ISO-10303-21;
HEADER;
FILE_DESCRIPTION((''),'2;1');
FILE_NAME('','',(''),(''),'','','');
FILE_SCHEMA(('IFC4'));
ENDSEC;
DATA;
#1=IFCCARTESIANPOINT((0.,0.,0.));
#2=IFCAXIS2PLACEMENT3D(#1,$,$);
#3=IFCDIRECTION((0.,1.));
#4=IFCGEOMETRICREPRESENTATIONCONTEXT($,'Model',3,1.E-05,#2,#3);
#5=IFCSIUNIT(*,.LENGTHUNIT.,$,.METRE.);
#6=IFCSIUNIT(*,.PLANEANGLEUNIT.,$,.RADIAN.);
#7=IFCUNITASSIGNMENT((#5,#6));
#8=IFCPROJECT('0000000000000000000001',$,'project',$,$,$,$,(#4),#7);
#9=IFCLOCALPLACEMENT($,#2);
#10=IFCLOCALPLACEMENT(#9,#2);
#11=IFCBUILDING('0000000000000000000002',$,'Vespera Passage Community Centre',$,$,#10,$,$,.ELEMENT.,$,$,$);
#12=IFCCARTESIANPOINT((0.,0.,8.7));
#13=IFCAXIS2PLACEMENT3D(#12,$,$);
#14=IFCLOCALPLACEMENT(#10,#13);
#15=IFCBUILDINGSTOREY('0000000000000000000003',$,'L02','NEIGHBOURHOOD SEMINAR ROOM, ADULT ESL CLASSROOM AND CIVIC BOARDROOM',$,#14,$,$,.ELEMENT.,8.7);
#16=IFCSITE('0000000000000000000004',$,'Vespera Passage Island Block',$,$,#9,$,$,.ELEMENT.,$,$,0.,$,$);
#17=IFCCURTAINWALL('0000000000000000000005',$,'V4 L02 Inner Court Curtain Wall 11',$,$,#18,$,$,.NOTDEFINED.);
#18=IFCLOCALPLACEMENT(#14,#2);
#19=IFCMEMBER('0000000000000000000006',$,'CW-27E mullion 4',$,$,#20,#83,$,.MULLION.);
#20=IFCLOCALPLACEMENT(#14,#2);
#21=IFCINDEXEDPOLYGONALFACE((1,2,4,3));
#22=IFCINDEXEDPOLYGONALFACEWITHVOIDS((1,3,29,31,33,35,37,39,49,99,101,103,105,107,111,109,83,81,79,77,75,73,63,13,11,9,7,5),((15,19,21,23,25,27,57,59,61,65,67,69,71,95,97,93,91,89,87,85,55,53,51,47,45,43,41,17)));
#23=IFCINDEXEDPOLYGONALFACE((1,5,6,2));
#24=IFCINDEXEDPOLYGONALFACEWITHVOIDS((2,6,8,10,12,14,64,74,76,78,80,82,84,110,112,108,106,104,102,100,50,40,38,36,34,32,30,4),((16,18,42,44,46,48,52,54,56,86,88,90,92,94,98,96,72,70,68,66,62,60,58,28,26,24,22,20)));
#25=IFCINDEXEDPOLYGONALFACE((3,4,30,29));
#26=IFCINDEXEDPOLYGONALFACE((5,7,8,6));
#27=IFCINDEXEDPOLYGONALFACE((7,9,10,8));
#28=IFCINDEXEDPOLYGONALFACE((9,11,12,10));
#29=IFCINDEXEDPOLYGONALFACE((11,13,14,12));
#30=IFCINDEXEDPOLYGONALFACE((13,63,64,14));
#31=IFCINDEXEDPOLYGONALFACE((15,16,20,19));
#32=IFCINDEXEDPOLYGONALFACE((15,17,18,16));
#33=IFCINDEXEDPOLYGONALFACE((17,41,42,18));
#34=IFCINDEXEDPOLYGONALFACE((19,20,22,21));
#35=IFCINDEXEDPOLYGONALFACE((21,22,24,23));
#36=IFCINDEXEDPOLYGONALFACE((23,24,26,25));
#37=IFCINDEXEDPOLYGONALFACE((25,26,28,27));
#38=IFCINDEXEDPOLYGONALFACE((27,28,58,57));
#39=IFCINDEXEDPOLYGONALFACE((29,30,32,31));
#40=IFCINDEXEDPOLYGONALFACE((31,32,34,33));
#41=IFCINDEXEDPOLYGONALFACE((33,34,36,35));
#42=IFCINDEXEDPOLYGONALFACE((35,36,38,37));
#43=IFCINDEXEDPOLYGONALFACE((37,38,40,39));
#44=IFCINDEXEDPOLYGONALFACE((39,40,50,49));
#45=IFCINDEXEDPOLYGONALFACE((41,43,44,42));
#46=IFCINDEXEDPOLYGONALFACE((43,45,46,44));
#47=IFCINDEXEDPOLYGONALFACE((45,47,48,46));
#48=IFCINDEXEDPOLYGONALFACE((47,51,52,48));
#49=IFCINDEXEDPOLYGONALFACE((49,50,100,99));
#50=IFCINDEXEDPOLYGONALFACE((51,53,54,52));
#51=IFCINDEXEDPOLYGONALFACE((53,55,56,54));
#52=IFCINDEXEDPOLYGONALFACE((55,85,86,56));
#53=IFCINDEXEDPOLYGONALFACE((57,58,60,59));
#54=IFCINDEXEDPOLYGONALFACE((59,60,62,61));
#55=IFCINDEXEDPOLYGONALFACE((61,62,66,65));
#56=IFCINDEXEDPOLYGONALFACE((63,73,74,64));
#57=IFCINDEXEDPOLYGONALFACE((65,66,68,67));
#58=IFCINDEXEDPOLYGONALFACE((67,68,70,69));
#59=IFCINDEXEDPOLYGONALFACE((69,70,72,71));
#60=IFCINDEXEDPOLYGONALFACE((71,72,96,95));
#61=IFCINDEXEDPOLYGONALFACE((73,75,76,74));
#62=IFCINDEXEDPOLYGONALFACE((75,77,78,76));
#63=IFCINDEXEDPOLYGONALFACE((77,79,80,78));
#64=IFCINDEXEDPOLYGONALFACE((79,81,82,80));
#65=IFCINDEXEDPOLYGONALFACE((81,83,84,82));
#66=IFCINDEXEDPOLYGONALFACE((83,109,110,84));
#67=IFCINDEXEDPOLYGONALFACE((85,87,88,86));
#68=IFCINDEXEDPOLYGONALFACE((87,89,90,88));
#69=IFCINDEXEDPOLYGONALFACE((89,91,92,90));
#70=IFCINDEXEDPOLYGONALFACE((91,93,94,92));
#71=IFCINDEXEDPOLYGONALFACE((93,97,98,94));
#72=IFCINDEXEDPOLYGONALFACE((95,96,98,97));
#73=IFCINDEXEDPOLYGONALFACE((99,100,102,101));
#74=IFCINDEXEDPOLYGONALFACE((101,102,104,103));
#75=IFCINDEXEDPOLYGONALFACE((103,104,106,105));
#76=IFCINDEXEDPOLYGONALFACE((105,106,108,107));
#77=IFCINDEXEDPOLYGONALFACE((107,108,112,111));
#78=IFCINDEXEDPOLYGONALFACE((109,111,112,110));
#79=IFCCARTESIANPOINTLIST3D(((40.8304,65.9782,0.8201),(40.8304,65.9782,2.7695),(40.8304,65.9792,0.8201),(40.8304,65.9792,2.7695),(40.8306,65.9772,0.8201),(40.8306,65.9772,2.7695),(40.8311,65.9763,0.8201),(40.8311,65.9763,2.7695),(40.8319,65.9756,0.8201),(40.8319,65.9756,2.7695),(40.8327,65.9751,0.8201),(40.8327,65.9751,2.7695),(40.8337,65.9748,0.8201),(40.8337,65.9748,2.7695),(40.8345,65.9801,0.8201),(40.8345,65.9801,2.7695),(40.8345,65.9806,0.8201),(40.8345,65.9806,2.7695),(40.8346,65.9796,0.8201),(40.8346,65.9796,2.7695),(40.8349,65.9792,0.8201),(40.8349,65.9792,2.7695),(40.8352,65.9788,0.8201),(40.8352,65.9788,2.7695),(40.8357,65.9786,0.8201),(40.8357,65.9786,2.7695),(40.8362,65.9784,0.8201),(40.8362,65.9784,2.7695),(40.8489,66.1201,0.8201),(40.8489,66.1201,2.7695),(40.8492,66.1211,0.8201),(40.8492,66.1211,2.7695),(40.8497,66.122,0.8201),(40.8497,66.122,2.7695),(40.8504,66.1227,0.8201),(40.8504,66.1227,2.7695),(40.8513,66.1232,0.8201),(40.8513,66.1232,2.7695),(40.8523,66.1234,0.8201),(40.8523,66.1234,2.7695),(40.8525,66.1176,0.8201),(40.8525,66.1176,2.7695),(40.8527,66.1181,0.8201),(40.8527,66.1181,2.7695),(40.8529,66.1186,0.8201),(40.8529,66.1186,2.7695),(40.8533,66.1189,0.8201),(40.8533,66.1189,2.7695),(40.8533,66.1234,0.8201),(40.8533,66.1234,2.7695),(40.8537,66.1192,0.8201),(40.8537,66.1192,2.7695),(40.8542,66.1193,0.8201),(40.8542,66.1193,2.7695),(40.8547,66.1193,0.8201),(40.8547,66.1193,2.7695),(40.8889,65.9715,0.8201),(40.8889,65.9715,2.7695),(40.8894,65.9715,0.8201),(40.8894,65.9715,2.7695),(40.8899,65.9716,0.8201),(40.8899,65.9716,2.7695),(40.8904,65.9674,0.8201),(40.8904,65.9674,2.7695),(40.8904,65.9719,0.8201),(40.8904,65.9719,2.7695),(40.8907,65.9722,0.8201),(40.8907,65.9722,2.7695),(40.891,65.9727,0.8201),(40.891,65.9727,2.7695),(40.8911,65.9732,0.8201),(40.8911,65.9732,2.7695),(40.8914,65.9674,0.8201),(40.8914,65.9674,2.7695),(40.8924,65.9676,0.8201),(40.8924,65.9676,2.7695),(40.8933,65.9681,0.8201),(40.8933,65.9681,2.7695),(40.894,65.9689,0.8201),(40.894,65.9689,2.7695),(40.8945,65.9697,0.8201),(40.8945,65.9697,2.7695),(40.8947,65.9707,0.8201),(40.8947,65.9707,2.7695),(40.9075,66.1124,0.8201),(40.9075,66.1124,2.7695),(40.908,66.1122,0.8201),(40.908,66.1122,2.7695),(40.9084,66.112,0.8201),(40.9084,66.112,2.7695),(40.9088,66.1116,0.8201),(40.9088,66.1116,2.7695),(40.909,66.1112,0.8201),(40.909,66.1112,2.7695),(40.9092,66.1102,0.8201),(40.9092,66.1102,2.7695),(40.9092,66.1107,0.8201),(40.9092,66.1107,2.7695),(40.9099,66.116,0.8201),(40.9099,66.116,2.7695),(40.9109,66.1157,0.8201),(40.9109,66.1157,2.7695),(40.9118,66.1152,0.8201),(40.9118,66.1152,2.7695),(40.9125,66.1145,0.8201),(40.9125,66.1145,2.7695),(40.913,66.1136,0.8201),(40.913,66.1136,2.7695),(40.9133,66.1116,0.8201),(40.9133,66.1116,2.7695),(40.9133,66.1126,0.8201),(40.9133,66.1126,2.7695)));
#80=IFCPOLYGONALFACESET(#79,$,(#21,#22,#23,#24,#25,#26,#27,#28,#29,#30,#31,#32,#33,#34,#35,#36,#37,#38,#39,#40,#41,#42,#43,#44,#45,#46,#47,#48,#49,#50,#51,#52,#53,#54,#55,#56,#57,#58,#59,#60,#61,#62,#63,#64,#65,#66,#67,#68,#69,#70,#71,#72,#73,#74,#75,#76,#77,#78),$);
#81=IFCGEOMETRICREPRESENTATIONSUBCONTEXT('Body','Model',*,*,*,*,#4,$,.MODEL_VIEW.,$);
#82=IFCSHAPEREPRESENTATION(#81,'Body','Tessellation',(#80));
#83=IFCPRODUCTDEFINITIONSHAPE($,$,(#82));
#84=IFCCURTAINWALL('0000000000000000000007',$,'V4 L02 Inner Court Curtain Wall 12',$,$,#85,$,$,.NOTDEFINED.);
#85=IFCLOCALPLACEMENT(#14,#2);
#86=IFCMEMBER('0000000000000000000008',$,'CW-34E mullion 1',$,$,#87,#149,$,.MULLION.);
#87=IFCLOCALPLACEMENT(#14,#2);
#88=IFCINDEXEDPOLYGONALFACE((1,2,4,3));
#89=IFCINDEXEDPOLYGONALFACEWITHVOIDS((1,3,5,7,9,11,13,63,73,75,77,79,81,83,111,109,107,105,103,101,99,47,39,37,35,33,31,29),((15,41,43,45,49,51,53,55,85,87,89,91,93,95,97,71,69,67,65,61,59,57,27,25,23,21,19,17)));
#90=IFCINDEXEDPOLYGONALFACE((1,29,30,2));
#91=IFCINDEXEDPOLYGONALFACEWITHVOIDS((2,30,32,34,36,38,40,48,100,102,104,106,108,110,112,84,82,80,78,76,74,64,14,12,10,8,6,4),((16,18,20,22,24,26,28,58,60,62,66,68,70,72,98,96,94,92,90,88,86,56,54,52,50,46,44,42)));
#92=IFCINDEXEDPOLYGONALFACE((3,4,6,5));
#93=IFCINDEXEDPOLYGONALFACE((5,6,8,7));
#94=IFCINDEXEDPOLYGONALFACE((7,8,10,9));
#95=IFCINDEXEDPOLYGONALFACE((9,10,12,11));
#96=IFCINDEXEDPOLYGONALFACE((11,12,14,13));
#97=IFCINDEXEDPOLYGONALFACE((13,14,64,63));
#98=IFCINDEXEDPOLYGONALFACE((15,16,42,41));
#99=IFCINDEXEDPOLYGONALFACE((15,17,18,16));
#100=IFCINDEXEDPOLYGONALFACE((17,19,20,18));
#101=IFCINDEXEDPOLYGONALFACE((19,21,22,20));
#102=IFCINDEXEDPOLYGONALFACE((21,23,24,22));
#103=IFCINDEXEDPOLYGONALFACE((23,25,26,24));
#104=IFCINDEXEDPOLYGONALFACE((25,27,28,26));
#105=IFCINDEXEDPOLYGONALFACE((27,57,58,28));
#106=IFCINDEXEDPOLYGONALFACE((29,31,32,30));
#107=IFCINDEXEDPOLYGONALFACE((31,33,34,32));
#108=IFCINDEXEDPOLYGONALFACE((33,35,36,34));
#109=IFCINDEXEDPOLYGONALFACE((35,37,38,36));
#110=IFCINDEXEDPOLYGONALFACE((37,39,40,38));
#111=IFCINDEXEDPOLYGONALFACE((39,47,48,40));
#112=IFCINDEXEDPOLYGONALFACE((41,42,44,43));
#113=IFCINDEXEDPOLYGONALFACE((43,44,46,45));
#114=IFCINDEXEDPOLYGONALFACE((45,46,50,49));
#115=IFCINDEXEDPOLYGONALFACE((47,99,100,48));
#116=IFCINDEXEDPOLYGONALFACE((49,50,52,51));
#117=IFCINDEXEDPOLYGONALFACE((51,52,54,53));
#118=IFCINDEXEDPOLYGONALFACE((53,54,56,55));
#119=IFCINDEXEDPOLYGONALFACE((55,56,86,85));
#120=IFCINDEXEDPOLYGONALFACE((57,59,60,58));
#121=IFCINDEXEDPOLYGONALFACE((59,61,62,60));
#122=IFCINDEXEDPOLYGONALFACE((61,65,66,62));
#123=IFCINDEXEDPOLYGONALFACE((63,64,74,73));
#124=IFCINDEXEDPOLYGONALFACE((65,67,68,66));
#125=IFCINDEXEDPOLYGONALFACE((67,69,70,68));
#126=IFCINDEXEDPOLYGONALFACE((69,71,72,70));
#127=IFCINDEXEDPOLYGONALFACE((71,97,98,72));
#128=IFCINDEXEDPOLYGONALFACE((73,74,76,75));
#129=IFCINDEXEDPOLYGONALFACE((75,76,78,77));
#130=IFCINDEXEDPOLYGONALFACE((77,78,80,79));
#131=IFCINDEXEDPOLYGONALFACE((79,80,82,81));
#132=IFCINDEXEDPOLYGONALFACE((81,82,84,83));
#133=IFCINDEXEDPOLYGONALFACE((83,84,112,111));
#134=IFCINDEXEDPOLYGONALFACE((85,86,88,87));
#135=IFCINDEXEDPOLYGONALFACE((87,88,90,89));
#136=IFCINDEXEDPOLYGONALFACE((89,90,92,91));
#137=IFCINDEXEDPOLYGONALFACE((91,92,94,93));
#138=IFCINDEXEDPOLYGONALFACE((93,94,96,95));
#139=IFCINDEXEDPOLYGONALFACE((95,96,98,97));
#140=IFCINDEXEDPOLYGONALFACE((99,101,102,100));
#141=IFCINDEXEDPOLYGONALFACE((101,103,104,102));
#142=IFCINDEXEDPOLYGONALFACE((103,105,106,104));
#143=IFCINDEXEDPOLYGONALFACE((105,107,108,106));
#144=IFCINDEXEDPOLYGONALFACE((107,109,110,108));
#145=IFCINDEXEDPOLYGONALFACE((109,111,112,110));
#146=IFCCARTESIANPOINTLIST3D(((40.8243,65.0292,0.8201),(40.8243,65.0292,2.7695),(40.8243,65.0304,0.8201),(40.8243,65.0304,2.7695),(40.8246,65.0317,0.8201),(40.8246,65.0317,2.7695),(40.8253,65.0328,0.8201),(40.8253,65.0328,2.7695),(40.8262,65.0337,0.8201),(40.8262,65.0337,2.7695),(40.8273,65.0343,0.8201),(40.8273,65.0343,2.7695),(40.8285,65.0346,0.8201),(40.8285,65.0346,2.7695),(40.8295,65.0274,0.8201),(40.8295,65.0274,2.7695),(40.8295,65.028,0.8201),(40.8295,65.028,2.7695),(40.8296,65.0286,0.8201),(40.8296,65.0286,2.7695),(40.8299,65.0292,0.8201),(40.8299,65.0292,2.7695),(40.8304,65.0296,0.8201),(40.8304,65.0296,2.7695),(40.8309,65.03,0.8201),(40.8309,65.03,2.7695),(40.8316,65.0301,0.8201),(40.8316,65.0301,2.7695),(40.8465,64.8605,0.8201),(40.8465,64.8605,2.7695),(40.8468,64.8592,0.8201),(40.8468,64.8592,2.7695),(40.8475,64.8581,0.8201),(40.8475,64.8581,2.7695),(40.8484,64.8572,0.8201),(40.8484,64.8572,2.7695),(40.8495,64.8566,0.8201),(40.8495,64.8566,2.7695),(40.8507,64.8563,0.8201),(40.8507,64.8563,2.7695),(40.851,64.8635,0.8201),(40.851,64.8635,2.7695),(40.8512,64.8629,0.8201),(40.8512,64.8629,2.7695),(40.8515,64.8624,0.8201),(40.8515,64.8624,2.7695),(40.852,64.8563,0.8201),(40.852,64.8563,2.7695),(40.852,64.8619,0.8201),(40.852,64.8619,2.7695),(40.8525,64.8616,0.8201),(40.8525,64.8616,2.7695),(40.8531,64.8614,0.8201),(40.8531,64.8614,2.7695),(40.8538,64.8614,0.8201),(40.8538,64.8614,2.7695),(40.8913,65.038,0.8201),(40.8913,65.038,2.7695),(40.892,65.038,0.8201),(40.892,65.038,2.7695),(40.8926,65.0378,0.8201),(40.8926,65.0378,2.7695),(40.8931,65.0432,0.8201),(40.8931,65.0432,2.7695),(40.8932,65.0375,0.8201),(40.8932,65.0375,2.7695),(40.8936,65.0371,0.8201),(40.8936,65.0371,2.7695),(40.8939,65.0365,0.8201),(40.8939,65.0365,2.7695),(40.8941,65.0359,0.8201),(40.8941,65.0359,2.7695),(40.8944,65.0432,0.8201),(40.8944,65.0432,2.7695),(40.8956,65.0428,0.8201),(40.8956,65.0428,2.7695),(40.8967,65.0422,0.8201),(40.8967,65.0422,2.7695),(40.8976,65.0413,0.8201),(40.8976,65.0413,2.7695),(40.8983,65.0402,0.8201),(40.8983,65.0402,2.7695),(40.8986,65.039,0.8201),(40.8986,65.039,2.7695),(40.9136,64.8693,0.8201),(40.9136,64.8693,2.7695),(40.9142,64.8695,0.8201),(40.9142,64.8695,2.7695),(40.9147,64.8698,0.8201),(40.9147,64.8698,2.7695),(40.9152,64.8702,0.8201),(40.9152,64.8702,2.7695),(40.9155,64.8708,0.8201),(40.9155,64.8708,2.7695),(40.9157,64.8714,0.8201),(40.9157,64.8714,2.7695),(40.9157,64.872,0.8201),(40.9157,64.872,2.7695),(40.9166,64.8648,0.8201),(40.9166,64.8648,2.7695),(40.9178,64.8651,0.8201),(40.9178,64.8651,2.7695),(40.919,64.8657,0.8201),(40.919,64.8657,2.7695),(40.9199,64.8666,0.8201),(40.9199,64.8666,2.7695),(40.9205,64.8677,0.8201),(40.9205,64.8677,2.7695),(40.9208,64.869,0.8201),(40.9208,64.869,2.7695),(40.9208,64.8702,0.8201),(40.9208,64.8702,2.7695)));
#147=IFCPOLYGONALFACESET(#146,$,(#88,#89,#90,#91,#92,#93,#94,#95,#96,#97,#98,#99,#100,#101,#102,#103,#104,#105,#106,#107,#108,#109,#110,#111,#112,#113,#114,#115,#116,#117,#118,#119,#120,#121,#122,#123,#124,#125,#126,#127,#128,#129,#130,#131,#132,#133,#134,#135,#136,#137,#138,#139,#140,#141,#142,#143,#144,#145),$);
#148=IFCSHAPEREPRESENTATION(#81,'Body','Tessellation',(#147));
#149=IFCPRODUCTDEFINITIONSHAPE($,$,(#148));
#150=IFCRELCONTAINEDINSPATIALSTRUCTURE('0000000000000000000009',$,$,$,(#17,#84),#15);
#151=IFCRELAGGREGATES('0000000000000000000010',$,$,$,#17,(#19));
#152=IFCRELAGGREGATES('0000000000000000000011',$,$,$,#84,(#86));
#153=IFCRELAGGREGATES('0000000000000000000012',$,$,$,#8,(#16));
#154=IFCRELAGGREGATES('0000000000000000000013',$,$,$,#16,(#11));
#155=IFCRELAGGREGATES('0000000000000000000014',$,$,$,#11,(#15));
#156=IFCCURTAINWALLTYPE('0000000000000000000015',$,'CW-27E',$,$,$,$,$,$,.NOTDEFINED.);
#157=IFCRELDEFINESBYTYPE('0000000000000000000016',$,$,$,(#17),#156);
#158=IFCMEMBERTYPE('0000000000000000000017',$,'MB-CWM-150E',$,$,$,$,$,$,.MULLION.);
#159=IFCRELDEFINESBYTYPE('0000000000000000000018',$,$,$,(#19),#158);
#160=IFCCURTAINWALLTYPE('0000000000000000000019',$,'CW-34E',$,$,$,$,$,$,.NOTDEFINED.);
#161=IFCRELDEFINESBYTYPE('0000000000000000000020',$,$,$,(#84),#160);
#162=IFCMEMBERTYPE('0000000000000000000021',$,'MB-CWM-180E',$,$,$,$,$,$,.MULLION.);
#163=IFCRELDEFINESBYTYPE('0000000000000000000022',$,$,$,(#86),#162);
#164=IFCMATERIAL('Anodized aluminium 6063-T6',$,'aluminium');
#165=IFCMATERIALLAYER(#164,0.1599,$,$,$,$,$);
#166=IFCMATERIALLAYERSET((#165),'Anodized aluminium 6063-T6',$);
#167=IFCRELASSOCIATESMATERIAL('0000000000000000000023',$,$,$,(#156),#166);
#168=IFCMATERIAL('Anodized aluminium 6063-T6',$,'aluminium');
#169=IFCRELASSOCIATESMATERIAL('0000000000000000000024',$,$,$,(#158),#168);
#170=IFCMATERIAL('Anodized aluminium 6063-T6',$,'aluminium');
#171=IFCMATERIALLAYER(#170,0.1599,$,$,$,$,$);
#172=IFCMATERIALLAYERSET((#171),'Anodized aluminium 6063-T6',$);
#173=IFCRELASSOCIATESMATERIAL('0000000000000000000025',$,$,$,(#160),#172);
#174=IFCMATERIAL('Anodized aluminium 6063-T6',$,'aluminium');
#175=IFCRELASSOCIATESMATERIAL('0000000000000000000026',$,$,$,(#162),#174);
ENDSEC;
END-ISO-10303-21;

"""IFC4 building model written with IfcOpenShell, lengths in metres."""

from ifc_helpers import new_model, si_unit, direction, frame, origin, origin_2d, place, context, subcontext, project, spatial, hollow_rectangle, extrude, material, layer, layer_set, material_profile, profile_set, type_object, element, aggregate, save


model = new_model("IFC4")

# Units and contexts
model_context = context("Model", 3, precision=1e-05, world=origin(), true_north=direction((0.0, 1.0)))
body_context = subcontext(model_context, "Body", "Model", "MODEL_VIEW")
ifc_project = project(units=[si_unit("LENGTHUNIT", "METRE"), si_unit("PLANEANGLEUNIT", "RADIAN")], contexts=[model_context])

# Site, building, storey
site_placement = place(None, origin())
site = spatial("IfcSite", under=ifc_project, at=site_placement, Name="Vespera Passage Island Block", CompositionType="ELEMENT", RefElevation=0.0)
building_placement = place(site_placement, origin())
building = spatial("IfcBuilding", under=site, at=building_placement, Name="Vespera Passage Community Centre", CompositionType="ELEMENT")
storey_placement = place(building_placement, frame((0.0, 0.0, 8.7)))
storey = spatial("IfcBuildingStorey", under=building, at=storey_placement, Name="L02", Description="NEIGHBOURHOOD SEMINAR ROOM, ADULT ESL CLASSROOM AND CIVIC BOARDROOM", CompositionType="ELEMENT", Elevation=8.7)

# Curtain wall, member
ifc_material_1 = material(Name="Anodized aluminium 6063-T6", Category="aluminium")
ifc_layer_1 = layer(ifc_material_1, 0.1599)
ifc_layer_set_1 = layer_set([ifc_layer_1], Name="Anodized aluminium 6063-T6")
curtain_wall_type_1 = type_object("IfcCurtainWallType", Name="CW-27E", PredefinedType="NOTDEFINED", material=ifc_layer_set_1)
curtain_wall_1_placement = place(storey_placement, origin())
curtain_wall_1 = element("IfcCurtainWall", 1, at=curtain_wall_1_placement, inside=storey, type_object=curtain_wall_type_1, Name="V4 L02 Inner Court Curtain Wall 11", PredefinedType="NOTDEFINED")
ifc_material_2 = material(Name="Anodized aluminium 6063-T6", Category="aluminium")
ifc_material_profile_1 = material_profile(ifc_material_2, hollow_rectangle(XDim=0.0649, YDim=0.1499, WallThickness=0.0039, InnerFilletRadius=0.002, OuterFilletRadius=0.0039, at=origin_2d()), Name="ALU150X65X4")
ifc_profile_set_1 = profile_set([ifc_material_profile_1], Name="Anodized aluminium 6063-T6")
member_type_1 = type_object("IfcMemberType", Name="MB-CWM-150E", PredefinedType="MULLION", material=ifc_profile_set_1)
member_1_placement = place(storey_placement, frame((40.8718, 66.0454, 0.8201), z_axis=(0.0, 0.0, 1.0), x_axis=(0.991445, -0.130522, 0.0)))
member_1 = element("IfcMember", 2, at=member_1_placement, type_object=member_type_1, Name="CW-27E mullion 4", PredefinedType="MULLION", context=body_context, shape_type="SweptSolid", body=[
    extrude(hollow_rectangle(XDim=0.0649, YDim=0.1499, WallThickness=0.0039, InnerFilletRadius=0.002, OuterFilletRadius=0.0039, at=origin_2d()), origin(), (0.0, 0.0, 1.0), 1.9495),
])
aggregate(curtain_wall_1, [member_1])

# Curtain wall, member
ifc_material_3 = material(Name="Anodized aluminium 6063-T6", Category="aluminium")
ifc_layer_2 = layer(ifc_material_3, 0.1599)
ifc_layer_set_2 = layer_set([ifc_layer_2], Name="Anodized aluminium 6063-T6")
curtain_wall_type_2 = type_object("IfcCurtainWallType", Name="CW-34E", PredefinedType="NOTDEFINED", material=ifc_layer_set_2)
curtain_wall_2_placement = place(storey_placement, origin())
curtain_wall_2 = element("IfcCurtainWall", 3, at=curtain_wall_2_placement, inside=storey, type_object=curtain_wall_type_2, Name="V4 L02 Inner Court Curtain Wall 12", PredefinedType="NOTDEFINED")
ifc_material_4 = material(Name="Anodized aluminium 6063-T6", Category="aluminium")
ifc_material_profile_2 = material_profile(ifc_material_4, hollow_rectangle(XDim=0.075, YDim=0.1799, WallThickness=0.0049, InnerFilletRadius=0.0024, OuterFilletRadius=0.0049, at=origin_2d()), Name="ALU180X75X5")
ifc_profile_set_2 = profile_set([ifc_material_profile_2], Name="Anodized aluminium 6063-T6")
member_type_2 = type_object("IfcMemberType", Name="MB-CWM-180E", PredefinedType="MULLION", material=ifc_profile_set_2)
member_2_placement = place(storey_placement, frame((40.8726, 64.9497, 0.8201), z_axis=(0.0, 0.0, 1.0), x_axis=(0.991445, 0.130522, 0.0)))
member_2 = element("IfcMember", 4, at=member_2_placement, type_object=member_type_2, Name="CW-34E mullion 1", PredefinedType="MULLION", context=body_context, shape_type="SweptSolid", body=[
    extrude(hollow_rectangle(XDim=0.075, YDim=0.1799, WallThickness=0.0049, InnerFilletRadius=0.0024, OuterFilletRadius=0.0049, at=origin_2d()), origin(), (0.0, 0.0, 1.0), 1.9495),
])

aggregate(curtain_wall_2, [member_2])

save(model, "model.ifc")
